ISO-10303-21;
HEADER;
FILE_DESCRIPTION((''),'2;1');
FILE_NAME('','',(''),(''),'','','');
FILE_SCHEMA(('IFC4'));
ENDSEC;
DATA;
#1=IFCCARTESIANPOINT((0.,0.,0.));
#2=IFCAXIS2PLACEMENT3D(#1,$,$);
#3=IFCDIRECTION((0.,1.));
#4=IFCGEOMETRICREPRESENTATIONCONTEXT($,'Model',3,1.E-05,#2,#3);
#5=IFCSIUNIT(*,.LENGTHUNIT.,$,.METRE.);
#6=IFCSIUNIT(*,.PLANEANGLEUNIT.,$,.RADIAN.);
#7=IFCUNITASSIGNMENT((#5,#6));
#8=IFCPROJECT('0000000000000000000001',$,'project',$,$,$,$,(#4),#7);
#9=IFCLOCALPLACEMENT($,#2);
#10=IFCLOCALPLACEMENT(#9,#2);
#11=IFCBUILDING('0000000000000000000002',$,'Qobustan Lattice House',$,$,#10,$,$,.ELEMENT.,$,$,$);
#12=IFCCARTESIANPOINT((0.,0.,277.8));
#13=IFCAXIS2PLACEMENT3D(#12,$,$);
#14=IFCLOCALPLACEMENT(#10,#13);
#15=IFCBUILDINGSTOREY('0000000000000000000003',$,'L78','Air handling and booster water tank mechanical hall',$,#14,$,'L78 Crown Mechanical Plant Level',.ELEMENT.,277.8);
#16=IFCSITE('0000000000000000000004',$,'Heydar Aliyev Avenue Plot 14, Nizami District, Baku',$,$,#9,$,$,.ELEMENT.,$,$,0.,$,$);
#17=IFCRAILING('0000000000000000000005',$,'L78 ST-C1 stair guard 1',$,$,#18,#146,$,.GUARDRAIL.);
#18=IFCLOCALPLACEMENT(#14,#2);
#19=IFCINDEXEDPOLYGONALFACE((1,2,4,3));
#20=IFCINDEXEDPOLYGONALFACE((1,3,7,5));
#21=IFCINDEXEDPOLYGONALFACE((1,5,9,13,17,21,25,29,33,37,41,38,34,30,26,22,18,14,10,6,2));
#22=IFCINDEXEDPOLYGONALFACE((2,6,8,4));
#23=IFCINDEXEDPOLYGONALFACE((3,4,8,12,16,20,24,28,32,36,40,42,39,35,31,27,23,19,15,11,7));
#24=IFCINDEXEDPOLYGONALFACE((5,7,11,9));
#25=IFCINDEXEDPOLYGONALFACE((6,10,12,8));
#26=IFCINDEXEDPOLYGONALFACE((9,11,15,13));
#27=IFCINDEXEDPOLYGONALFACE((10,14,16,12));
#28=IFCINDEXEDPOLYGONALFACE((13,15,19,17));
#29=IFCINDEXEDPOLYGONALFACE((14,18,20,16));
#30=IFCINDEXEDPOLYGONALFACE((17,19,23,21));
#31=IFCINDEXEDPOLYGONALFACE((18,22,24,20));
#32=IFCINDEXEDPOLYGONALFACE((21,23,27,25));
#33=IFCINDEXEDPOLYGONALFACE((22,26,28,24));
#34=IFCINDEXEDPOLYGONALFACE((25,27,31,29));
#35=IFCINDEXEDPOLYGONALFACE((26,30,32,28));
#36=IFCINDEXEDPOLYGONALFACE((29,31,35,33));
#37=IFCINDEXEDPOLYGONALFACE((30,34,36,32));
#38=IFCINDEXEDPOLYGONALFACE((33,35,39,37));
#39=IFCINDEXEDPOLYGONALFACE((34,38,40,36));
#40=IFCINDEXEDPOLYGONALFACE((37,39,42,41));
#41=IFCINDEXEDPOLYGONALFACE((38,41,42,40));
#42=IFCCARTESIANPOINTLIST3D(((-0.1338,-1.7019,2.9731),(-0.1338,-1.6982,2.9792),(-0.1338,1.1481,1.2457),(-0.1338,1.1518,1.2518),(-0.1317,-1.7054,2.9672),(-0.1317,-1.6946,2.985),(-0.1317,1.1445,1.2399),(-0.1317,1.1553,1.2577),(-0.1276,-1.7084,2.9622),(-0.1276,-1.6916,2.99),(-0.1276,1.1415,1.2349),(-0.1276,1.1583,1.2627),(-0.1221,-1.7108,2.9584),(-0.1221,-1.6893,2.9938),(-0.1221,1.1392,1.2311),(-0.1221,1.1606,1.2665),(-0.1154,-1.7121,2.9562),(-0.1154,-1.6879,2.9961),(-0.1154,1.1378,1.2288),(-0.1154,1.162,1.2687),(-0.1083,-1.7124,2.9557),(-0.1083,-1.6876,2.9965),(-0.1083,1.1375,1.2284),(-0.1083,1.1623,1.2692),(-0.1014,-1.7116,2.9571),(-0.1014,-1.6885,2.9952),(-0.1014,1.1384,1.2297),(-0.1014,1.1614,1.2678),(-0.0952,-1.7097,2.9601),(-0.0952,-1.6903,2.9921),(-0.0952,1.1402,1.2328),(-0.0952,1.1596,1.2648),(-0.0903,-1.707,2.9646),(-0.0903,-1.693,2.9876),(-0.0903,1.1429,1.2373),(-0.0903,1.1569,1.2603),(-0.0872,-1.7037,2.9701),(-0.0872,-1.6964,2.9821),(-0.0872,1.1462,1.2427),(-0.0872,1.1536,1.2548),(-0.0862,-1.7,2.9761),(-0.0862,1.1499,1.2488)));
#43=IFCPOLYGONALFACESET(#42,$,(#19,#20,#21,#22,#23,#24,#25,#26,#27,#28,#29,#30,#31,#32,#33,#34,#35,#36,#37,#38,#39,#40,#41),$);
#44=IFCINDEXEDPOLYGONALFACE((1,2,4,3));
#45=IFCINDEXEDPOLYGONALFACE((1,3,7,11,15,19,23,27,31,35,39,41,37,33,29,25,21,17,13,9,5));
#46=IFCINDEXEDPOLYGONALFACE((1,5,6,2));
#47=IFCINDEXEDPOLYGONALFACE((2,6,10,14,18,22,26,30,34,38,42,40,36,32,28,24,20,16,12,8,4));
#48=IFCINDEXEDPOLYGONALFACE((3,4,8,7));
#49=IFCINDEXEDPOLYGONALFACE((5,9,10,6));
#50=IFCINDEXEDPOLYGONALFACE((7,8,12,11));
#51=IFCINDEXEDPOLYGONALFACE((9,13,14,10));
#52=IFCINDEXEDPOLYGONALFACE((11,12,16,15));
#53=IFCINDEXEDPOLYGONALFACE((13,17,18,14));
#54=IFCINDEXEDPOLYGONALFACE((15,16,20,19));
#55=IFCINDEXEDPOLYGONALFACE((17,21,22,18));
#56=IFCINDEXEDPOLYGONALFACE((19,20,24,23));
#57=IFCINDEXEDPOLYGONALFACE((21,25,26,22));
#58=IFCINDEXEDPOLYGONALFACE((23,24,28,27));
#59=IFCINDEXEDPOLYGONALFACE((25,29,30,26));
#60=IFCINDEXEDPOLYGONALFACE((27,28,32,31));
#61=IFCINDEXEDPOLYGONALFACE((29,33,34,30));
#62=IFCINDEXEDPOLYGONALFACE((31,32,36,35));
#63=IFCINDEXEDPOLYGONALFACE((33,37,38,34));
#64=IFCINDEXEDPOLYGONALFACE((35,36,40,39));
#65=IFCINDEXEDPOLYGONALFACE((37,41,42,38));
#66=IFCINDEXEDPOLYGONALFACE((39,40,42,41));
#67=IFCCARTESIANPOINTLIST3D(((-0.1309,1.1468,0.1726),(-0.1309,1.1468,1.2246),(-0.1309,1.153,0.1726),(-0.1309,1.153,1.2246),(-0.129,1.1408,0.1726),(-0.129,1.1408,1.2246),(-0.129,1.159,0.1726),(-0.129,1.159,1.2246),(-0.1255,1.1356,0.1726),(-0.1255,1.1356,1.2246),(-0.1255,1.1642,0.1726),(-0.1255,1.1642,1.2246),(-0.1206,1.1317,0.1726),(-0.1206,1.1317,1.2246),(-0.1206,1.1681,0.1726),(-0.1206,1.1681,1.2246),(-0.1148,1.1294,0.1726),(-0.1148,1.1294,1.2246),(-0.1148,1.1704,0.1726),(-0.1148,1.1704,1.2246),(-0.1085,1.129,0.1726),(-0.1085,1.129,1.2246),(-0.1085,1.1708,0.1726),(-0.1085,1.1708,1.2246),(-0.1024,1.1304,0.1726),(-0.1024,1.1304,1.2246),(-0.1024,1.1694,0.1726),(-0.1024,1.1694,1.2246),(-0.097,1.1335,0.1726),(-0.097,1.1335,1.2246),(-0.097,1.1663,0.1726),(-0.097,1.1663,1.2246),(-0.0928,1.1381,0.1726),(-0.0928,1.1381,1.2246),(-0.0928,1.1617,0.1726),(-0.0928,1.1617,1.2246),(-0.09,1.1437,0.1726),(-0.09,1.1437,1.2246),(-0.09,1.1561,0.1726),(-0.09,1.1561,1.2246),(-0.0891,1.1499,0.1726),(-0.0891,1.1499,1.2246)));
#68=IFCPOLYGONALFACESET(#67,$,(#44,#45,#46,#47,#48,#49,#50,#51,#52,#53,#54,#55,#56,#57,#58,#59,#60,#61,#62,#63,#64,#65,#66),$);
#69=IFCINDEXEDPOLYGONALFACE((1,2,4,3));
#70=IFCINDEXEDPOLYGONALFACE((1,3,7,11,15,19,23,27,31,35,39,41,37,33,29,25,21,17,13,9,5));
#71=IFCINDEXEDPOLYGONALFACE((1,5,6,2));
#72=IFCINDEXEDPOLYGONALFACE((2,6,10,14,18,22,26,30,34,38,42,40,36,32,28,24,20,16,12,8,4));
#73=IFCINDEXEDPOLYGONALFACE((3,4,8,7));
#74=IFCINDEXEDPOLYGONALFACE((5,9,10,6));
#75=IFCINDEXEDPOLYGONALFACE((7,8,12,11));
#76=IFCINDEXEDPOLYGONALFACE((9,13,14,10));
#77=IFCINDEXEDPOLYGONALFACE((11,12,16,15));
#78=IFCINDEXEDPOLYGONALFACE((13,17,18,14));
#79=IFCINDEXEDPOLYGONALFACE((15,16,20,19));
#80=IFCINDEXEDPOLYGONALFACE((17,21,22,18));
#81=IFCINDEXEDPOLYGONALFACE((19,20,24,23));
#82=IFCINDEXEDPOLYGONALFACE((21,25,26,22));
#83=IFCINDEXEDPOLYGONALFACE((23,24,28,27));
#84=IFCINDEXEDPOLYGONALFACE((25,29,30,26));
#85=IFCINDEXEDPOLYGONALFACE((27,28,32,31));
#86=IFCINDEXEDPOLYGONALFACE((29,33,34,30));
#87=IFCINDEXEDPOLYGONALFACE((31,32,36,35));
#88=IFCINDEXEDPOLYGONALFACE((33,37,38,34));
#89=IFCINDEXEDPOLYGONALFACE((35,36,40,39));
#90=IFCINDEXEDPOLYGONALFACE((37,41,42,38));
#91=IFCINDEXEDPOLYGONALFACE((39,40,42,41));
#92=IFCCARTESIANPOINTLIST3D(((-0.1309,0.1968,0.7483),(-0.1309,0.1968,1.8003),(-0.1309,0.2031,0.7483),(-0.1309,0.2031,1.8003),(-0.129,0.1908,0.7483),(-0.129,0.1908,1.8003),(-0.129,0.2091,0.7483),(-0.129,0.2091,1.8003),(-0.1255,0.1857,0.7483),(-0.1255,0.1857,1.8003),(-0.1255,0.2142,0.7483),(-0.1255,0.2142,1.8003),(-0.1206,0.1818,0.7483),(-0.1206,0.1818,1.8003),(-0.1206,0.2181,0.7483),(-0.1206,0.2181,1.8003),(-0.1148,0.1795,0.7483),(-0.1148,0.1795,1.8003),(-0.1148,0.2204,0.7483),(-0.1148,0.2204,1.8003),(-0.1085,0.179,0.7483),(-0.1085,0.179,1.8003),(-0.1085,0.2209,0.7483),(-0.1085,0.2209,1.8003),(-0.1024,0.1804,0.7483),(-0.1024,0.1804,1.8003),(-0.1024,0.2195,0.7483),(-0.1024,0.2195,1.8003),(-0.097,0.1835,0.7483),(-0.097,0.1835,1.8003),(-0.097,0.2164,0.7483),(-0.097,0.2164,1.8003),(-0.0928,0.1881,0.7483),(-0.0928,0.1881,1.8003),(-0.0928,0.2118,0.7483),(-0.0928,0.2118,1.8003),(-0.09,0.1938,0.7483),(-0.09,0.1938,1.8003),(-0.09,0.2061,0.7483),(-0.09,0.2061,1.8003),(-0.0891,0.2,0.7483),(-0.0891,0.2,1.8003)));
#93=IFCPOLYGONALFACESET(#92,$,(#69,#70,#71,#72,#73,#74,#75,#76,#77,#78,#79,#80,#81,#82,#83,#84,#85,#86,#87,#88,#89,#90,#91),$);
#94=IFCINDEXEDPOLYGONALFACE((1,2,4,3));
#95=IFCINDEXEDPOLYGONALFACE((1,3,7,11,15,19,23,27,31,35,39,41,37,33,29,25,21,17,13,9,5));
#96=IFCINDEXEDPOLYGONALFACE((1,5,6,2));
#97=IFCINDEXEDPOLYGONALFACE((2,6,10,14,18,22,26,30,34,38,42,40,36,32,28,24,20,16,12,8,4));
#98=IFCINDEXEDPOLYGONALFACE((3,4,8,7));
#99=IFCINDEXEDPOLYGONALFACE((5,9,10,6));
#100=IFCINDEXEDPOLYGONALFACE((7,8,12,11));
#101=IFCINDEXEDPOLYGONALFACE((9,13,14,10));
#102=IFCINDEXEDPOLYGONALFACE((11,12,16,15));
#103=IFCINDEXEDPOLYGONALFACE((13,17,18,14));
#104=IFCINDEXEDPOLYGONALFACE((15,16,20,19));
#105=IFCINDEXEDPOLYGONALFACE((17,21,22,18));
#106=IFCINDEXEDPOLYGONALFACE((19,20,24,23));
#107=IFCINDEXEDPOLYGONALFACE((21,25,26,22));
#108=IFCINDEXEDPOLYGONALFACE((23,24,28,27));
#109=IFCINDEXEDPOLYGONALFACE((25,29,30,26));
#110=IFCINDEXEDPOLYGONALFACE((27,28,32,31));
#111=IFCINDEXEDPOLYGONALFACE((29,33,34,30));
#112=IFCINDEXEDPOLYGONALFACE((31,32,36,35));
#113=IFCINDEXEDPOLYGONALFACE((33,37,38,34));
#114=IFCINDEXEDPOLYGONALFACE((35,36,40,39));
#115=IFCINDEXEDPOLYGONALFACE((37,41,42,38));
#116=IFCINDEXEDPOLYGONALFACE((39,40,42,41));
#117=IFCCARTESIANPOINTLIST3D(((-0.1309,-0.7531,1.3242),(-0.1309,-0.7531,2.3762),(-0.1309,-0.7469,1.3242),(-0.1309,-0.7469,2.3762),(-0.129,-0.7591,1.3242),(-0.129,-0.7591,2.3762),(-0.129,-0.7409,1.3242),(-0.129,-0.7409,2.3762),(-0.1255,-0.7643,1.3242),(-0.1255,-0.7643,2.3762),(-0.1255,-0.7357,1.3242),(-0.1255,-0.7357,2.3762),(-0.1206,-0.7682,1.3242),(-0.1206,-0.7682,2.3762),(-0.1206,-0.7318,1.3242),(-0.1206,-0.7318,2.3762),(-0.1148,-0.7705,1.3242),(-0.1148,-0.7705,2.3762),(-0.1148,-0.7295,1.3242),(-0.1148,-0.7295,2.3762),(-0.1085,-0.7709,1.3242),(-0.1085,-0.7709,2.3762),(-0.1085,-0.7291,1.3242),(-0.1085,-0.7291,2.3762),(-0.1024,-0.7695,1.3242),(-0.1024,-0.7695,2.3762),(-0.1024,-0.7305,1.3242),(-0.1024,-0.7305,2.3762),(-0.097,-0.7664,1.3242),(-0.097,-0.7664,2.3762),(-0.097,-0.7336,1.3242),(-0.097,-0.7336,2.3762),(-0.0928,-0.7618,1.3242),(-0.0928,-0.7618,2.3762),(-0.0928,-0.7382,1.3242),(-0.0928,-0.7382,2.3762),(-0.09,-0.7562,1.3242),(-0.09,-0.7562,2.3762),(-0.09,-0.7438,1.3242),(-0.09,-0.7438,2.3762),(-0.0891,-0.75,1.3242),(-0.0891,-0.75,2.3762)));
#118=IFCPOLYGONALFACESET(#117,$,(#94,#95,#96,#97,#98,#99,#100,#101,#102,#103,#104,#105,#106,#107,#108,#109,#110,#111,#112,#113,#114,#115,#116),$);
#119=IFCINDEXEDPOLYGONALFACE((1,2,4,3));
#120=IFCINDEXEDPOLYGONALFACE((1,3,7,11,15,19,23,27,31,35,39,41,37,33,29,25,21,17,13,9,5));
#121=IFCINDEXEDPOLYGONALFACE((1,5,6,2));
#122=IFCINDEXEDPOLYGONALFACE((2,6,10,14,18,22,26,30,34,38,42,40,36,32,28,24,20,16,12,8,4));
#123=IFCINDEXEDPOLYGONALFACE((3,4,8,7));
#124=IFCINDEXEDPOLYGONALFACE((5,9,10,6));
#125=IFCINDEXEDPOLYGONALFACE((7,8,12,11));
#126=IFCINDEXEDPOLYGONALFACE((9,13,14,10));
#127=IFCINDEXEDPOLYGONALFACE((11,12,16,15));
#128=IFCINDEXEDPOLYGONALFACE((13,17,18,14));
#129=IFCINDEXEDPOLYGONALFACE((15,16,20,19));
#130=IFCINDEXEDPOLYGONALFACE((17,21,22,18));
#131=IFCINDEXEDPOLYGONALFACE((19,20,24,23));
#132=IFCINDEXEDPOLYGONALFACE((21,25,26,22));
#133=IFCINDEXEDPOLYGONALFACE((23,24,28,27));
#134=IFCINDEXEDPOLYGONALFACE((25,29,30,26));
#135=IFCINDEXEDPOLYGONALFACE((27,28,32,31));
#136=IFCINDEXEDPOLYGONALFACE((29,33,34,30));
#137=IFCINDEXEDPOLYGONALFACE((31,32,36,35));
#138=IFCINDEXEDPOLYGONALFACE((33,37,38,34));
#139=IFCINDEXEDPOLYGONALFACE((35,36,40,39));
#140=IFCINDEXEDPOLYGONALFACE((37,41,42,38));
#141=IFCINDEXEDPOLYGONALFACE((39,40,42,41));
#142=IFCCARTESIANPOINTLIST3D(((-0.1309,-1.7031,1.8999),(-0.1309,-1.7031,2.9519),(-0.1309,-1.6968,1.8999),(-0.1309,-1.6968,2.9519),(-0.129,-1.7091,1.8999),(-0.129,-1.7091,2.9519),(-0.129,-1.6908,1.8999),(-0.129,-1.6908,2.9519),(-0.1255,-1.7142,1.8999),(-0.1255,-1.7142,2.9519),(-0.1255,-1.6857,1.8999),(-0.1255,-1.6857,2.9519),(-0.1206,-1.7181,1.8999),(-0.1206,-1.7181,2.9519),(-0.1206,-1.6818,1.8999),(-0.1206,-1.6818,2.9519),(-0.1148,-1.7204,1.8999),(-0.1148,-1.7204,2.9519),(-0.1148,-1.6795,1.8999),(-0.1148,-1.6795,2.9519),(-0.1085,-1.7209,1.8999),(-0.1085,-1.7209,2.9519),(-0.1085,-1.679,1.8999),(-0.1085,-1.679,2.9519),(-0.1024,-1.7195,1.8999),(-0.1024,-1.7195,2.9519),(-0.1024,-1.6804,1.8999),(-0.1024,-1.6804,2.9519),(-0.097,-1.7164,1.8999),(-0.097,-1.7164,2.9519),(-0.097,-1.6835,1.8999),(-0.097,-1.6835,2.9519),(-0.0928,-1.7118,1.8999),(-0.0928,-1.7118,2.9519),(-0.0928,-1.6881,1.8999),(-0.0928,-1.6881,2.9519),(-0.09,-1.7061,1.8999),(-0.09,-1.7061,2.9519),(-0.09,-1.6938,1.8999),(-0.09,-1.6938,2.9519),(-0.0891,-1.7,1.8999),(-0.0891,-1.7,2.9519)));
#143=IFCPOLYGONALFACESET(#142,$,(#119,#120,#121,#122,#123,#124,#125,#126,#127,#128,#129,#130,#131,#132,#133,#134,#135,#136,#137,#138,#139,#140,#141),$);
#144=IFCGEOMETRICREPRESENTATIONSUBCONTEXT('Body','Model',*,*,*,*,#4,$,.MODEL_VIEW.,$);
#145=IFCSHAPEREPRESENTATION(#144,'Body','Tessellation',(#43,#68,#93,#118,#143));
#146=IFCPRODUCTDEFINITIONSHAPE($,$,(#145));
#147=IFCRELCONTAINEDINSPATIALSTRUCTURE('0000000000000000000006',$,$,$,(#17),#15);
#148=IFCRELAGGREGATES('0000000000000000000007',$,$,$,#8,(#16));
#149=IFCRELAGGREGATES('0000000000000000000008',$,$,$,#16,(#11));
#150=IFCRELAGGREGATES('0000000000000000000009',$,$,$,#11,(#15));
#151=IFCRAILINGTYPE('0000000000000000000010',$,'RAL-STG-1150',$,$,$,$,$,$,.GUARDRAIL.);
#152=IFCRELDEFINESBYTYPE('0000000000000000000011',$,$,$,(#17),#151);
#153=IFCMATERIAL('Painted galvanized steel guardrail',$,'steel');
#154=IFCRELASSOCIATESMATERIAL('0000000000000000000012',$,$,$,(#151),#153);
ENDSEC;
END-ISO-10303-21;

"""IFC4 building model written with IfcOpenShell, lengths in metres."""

from ifc_helpers import new_model, si_unit, direction, frame, origin, origin_2d, place, context, subcontext, project, spatial, circle, extrude, material, type_object, element, save


model = new_model("IFC4")

# Units and contexts
model_context = context("Model", 3, precision=1e-05, world=origin(), true_north=direction((0.0, 1.0)))
body_context = subcontext(model_context, "Body", "Model", "MODEL_VIEW")
ifc_project = project(units=[si_unit("LENGTHUNIT", "METRE"), si_unit("PLANEANGLEUNIT", "RADIAN")], contexts=[model_context])

# Site, building, storey
site_placement = place(None, origin())
site = spatial("IfcSite", under=ifc_project, at=site_placement, Name="Heydar Aliyev Avenue Plot 14, Nizami District, Baku", CompositionType="ELEMENT", RefElevation=0.0)
building_placement = place(site_placement, origin())
building = spatial("IfcBuilding", under=site, at=building_placement, Name="Qobustan Lattice House", CompositionType="ELEMENT")
storey_placement = place(building_placement, frame((0.0, 0.0, 277.8)))
storey = spatial("IfcBuildingStorey", under=building, at=storey_placement, Name="L78", Description="Air handling and booster water tank mechanical hall", LongName="L78 Crown Mechanical Plant Level", CompositionType="ELEMENT", Elevation=277.8)

# Railing
ifc_material_1 = material(Name="Painted galvanized steel guardrail", Category="steel")
railing_type_1 = type_object("IfcRailingType", Name="RAL-STG-1150", PredefinedType="GUARDRAIL", material=ifc_material_1)
railing_1_placement = place(storey_placement, frame((-0.1101, 1.1499, 0.1726)))
element("IfcRailing", 1, at=railing_1_placement, inside=storey, type_object=railing_type_1, Name="L78 ST-C1 stair guard 1", PredefinedType="GUARDRAIL", context=body_context, shape_type="SweptSolid", body=[
    extrude(circle(Radius=0.0239, at=origin_2d()), frame((0.0, 0.0, 1.0762), z_axis=(0.0, -0.855183, 0.518326), x_axis=(1.0, 0.0, 0.0)), (0.0, 0.0, 1.0), 3.3325),
    extrude(circle(Radius=0.021, at=origin_2d()), origin(), (0.0, 0.0, 1.0), 1.052),
    extrude(circle(Radius=0.021, at=origin_2d()), frame((0.0, -0.95, 0.5757)), (0.0, 0.0, 1.0), 1.052),
    extrude(circle(Radius=0.021, at=origin_2d()), frame((0.0, -1.8999, 1.1516)), (0.0, 0.0, 1.0), 1.052),
    extrude(circle(Radius=0.021, at=origin_2d()), frame((0.0, -2.8499, 1.7273)), (0.0, 0.0, 1.0), 1.052),
])

save(model, "model.ifc")
